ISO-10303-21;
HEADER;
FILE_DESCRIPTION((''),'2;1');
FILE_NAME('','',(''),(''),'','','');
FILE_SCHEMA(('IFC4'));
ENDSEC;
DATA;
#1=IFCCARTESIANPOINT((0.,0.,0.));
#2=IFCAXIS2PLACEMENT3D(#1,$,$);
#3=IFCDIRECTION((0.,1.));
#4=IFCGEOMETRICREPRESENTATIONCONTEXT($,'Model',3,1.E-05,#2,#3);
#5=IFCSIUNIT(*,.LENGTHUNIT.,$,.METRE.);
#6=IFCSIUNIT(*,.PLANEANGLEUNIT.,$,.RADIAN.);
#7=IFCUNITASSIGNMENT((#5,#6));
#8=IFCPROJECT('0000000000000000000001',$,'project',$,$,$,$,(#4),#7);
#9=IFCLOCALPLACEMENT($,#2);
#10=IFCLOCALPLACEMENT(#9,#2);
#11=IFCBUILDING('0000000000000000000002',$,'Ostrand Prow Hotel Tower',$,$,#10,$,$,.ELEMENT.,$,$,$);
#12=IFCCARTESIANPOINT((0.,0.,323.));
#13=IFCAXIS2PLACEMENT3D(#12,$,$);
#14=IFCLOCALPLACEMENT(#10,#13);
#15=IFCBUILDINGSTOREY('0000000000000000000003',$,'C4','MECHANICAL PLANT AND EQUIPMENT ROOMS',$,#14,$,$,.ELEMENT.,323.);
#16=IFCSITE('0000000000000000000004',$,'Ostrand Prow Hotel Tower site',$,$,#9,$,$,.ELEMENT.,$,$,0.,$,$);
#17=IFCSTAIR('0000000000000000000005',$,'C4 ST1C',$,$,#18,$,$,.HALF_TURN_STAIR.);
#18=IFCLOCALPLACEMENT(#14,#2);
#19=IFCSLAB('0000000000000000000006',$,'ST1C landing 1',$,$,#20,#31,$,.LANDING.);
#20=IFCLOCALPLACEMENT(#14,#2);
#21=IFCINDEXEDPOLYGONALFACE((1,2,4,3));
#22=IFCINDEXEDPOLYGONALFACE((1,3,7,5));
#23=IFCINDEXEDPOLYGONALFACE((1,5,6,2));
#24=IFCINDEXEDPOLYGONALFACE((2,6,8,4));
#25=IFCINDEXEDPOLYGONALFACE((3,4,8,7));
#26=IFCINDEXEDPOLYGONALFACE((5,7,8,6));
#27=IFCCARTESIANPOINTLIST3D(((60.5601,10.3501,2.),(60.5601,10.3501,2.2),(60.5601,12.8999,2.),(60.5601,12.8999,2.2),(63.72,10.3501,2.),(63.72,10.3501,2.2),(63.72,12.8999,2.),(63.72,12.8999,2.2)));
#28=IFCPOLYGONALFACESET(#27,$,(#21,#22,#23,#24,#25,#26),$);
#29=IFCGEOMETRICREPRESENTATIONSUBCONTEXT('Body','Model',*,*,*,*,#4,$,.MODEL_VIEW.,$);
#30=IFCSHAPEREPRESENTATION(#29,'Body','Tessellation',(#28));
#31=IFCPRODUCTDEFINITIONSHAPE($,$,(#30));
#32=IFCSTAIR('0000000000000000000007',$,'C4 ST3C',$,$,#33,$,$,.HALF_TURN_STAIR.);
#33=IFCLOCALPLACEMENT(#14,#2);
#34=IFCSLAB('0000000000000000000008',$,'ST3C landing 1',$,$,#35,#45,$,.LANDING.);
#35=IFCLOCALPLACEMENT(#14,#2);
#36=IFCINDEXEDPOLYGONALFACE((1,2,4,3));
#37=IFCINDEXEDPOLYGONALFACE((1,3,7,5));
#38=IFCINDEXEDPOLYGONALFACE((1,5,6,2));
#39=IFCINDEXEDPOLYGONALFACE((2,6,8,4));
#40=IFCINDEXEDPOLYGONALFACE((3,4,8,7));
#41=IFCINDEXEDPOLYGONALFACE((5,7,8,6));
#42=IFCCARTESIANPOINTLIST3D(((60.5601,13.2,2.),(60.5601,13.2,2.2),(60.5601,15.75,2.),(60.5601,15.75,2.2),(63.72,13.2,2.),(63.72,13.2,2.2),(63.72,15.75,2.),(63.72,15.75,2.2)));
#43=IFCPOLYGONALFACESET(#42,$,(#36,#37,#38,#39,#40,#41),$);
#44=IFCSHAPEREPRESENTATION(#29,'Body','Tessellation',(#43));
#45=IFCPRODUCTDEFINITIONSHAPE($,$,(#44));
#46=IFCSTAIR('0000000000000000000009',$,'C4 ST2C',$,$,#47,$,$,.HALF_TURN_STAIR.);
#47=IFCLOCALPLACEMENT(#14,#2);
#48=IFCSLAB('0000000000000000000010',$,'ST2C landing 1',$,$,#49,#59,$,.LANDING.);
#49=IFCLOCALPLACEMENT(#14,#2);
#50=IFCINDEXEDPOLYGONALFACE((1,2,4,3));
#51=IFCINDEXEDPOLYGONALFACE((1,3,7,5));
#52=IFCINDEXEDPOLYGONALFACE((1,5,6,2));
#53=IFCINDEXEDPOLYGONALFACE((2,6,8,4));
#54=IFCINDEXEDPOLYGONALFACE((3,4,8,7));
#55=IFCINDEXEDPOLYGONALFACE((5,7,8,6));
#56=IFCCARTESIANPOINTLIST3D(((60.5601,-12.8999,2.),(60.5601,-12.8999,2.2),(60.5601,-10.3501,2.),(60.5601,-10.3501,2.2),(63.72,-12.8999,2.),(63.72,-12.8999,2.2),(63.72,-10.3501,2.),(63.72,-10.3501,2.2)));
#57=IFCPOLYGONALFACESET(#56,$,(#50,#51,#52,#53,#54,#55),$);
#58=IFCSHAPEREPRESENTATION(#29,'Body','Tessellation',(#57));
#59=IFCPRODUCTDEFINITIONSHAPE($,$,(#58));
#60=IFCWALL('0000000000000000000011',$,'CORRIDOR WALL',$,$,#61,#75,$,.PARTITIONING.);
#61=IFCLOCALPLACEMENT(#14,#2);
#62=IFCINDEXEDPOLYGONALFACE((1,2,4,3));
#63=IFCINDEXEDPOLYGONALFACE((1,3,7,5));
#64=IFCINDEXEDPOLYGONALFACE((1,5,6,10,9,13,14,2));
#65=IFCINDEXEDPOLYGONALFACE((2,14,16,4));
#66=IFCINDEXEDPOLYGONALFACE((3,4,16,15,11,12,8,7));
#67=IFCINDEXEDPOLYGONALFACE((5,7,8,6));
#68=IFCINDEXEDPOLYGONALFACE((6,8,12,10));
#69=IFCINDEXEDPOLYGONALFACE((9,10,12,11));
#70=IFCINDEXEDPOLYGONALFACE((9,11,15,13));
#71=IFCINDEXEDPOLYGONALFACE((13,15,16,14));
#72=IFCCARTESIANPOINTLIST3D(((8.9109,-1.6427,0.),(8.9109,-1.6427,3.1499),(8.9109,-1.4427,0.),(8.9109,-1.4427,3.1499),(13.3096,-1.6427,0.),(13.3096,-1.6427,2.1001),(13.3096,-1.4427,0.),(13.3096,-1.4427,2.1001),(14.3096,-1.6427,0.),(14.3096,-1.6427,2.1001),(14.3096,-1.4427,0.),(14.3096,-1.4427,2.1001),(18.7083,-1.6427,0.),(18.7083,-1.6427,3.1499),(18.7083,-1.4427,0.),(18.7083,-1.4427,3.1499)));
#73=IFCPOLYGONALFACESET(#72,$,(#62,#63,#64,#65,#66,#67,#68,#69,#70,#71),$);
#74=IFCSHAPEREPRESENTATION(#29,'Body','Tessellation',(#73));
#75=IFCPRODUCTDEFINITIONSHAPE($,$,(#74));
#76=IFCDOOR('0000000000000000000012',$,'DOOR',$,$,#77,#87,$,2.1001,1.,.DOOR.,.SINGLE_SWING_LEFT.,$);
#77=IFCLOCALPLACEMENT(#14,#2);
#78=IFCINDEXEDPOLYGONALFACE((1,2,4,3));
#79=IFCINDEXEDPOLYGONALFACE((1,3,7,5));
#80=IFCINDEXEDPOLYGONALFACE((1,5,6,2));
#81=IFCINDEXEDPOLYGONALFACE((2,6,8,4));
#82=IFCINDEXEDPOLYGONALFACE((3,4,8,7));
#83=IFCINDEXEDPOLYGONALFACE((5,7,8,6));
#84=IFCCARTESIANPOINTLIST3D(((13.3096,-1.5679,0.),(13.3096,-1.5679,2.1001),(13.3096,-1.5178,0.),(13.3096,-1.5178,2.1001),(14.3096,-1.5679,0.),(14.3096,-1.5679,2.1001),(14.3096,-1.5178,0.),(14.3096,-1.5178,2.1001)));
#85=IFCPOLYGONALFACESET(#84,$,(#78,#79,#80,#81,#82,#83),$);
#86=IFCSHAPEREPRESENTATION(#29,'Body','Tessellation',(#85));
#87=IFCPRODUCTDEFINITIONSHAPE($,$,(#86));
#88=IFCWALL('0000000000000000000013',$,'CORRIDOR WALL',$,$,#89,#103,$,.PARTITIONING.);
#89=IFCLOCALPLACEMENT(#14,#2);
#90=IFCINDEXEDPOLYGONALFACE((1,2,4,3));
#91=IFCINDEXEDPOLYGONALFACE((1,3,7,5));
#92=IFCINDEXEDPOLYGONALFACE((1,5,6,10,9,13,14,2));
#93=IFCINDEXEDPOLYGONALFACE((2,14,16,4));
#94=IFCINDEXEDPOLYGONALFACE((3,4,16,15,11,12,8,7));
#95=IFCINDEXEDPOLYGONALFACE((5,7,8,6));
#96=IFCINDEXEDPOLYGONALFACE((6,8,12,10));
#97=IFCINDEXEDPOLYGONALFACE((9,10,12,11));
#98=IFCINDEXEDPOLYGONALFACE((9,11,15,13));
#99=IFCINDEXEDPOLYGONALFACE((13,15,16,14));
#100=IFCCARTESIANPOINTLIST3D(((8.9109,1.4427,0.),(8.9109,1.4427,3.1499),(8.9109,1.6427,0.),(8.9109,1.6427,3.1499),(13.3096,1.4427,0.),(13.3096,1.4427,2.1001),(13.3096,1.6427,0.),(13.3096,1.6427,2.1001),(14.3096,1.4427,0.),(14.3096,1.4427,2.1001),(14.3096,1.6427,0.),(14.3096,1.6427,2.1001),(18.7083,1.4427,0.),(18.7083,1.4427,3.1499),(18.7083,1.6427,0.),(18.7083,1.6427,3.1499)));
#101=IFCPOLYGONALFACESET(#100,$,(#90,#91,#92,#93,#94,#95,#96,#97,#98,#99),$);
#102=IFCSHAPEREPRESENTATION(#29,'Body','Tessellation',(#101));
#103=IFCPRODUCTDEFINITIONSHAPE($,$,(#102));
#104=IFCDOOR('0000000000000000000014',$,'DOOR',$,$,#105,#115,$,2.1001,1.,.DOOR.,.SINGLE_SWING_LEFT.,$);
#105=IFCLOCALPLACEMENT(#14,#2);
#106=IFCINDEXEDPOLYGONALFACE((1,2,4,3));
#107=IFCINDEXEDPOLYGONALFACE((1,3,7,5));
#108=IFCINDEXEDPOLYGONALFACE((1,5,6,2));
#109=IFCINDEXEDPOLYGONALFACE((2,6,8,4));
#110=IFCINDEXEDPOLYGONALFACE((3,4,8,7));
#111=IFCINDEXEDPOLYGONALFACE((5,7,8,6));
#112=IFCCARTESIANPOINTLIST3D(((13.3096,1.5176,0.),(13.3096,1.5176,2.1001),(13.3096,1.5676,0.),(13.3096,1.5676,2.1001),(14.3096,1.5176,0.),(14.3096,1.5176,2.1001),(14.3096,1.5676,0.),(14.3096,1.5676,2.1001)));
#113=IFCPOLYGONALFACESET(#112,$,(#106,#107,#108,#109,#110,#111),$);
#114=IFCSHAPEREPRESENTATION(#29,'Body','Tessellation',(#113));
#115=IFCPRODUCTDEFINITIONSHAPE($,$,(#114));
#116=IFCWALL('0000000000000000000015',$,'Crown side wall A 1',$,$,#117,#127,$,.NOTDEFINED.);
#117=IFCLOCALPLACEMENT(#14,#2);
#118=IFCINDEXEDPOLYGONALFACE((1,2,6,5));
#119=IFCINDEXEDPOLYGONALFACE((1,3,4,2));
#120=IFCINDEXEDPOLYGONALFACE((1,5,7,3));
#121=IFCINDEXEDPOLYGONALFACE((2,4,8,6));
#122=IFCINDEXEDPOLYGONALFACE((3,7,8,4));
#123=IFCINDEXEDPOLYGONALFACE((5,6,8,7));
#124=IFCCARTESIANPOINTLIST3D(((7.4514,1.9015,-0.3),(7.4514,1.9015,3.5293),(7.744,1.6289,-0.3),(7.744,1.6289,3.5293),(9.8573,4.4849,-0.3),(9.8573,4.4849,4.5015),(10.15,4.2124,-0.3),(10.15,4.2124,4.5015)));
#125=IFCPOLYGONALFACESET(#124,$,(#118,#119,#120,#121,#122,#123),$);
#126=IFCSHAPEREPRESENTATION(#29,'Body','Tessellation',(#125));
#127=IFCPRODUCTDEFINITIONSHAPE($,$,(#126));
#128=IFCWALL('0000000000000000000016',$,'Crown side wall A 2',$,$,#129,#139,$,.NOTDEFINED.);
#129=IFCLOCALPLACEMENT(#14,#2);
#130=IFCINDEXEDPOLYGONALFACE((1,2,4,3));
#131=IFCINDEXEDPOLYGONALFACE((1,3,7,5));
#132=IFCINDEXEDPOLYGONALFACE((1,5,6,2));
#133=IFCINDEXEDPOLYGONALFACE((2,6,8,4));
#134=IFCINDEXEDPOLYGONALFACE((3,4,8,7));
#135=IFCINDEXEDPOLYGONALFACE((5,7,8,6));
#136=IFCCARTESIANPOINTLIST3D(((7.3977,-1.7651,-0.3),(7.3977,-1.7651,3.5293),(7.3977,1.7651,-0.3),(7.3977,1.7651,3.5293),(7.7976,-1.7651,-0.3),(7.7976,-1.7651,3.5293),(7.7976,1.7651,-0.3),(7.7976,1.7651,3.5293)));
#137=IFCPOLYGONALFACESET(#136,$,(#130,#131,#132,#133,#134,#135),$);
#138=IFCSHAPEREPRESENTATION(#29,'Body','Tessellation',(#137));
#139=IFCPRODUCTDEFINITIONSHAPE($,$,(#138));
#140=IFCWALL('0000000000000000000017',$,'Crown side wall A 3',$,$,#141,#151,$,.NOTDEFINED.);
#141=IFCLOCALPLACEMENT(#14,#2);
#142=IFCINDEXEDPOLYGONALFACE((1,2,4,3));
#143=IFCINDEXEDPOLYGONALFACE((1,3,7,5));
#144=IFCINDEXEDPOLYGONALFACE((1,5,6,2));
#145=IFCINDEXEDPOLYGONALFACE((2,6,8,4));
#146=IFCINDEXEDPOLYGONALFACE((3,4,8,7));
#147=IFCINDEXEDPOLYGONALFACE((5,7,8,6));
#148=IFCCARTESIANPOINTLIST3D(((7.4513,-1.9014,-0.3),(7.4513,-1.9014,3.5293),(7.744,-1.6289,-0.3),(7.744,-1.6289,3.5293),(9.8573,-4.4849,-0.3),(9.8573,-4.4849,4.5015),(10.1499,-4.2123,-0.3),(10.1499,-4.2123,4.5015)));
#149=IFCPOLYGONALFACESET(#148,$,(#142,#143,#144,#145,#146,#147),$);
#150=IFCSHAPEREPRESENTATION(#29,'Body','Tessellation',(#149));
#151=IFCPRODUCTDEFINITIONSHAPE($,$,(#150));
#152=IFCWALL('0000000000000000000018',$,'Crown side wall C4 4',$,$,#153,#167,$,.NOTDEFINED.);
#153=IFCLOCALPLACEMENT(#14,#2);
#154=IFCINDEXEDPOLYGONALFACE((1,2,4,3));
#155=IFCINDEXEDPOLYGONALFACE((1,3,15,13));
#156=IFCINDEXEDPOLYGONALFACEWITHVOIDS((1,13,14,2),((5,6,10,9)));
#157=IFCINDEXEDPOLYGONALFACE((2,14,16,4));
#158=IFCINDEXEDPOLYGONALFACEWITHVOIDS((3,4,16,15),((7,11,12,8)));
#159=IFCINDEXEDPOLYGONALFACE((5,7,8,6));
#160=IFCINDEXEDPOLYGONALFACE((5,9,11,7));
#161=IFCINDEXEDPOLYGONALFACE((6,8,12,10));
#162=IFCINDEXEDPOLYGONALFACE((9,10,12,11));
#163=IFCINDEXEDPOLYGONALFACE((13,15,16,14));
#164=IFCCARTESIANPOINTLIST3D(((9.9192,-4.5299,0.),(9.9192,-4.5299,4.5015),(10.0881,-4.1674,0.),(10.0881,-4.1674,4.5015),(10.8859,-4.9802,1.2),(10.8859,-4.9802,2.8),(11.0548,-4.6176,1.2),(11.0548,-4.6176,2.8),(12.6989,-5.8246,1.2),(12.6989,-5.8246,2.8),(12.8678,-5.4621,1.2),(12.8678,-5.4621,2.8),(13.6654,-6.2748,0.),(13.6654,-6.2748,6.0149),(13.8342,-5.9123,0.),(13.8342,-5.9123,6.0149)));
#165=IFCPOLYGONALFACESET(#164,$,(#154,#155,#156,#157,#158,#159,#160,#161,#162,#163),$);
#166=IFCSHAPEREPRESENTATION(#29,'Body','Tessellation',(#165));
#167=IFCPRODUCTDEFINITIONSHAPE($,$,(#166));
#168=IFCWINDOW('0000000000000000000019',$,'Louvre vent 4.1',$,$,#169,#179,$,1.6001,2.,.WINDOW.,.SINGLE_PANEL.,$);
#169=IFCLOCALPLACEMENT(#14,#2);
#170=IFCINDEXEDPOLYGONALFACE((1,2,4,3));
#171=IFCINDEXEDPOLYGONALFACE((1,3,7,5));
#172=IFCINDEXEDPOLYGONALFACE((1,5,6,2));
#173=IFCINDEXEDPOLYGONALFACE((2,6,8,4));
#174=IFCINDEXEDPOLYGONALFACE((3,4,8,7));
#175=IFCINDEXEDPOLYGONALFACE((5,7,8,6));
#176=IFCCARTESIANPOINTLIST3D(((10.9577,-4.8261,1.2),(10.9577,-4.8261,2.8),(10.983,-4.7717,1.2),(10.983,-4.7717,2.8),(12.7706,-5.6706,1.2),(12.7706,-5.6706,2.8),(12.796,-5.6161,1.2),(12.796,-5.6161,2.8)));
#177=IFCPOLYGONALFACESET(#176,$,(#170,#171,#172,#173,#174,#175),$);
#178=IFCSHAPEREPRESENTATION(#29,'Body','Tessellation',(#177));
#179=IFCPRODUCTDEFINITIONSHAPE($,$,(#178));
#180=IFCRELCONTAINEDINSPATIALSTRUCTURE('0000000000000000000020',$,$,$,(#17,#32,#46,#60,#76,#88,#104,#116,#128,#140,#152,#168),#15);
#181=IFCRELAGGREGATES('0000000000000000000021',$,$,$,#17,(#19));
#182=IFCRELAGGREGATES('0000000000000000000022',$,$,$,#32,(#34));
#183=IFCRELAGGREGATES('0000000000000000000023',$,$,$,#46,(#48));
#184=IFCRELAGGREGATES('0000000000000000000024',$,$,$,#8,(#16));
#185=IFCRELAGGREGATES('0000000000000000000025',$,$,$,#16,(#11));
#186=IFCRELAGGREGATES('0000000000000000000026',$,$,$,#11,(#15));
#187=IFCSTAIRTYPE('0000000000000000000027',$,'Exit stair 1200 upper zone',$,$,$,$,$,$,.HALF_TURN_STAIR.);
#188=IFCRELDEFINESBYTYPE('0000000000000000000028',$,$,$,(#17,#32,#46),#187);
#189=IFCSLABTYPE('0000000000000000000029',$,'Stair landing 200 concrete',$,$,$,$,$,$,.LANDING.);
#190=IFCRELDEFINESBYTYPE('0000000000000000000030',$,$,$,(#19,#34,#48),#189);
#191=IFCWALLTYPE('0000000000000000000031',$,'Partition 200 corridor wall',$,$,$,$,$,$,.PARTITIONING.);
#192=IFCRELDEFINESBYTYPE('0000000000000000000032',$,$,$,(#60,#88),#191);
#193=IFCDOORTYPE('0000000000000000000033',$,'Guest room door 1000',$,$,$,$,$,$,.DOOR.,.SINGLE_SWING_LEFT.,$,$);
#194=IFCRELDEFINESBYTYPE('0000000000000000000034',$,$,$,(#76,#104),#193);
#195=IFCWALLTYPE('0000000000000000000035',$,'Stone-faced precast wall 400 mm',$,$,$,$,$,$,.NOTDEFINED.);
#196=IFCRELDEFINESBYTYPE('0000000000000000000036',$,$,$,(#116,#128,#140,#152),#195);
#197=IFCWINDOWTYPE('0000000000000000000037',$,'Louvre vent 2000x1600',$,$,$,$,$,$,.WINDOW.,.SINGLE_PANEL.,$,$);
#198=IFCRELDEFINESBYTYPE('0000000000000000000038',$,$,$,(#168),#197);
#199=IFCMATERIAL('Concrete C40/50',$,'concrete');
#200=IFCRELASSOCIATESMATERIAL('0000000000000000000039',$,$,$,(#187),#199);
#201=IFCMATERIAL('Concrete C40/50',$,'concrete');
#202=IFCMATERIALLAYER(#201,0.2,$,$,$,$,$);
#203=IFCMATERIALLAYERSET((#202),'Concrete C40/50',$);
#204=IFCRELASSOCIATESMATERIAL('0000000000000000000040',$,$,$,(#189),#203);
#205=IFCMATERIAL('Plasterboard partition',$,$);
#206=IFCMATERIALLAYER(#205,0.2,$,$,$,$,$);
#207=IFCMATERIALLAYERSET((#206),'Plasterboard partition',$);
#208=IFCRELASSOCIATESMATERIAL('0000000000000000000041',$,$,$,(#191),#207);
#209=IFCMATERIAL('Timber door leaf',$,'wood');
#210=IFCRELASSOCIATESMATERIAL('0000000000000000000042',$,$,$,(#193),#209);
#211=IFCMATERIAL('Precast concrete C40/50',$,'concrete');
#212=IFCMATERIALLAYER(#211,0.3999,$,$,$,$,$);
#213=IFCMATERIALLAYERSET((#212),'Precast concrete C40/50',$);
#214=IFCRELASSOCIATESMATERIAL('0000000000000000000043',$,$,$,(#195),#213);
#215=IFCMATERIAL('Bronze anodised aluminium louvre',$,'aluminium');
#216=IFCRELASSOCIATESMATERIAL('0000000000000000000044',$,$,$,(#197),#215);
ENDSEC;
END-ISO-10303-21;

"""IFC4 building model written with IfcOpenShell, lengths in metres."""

from ifc_helpers import new_model, si_unit, direction, frame, frame_2d, origin, place, context, subcontext, project, spatial, polyline, rectangle, outline, extrude, material, layer, layer_set, type_object, element, fill, aggregate, save


model = new_model("IFC4")

# Units and contexts
model_context = context("Model", 3, precision=1e-05, world=origin(), true_north=direction((0.0, 1.0)))
body_context = subcontext(model_context, "Body", "Model", "MODEL_VIEW")
ifc_project = project(units=[si_unit("LENGTHUNIT", "METRE"), si_unit("PLANEANGLEUNIT", "RADIAN")], contexts=[model_context])

# Site, building, storey
site_placement = place(None, origin())
site = spatial("IfcSite", under=ifc_project, at=site_placement, Name="Ostrand Prow Hotel Tower site", CompositionType="ELEMENT", RefElevation=0.0)
building_placement = place(site_placement, origin())
building = spatial("IfcBuilding", under=site, at=building_placement, Name="Ostrand Prow Hotel Tower", CompositionType="ELEMENT")
storey_placement = place(building_placement, frame((0.0, 0.0, 323.0)))
storey = spatial("IfcBuildingStorey", under=building, at=storey_placement, Name="C4", Description="MECHANICAL PLANT AND EQUIPMENT ROOMS", CompositionType="ELEMENT", Elevation=323.0)

# Stairs, slabs
ifc_material_1 = material(Name="Concrete C40/50", Category="concrete")
stair_type = type_object("IfcStairType", Name="Exit stair 1200 upper zone", PredefinedType="HALF_TURN_STAIR", material=ifc_material_1)
stair_1_placement = place(storey_placement, origin())
stair_1 = element("IfcStair", 1, at=stair_1_placement, inside=storey, type_object=stair_type, Name="C4 ST1C", PredefinedType="HALF_TURN_STAIR")
ifc_material_2 = material(Name="Concrete C40/50", Category="concrete")
ifc_layer_1 = layer(ifc_material_2, 0.2)
ifc_layer_set_1 = layer_set([ifc_layer_1], Name="Concrete C40/50")
slab_type_1 = type_object("IfcSlabType", Name="Stair landing 200 concrete", PredefinedType="LANDING", material=ifc_layer_set_1)
slab_1_placement = place(storey_placement, frame((0.0, 0.0, 2.0)))
slab_1 = element("IfcSlab", 2, at=slab_1_placement, type_object=slab_type_1, Name="ST1C landing 1", PredefinedType="LANDING", context=body_context, shape_type="SweptSolid", body=[
    extrude(outline(polyline([(60.5601, 10.3501), (63.72, 10.3501), (63.72, 12.8999), (60.5601, 12.8999), (60.5601, 10.3501)])), origin(), (0.0, 0.0, 1.0), 0.2),
])
aggregate(stair_1, [slab_1])
stair_2_placement = place(storey_placement, origin())
stair_2 = element("IfcStair", 3, at=stair_2_placement, inside=storey, type_object=stair_type, Name="C4 ST3C", PredefinedType="HALF_TURN_STAIR")
slab_2_placement = place(storey_placement, frame((0.0, 0.0, 2.0)))
slab_2 = element("IfcSlab", 4, at=slab_2_placement, type_object=slab_type_1, Name="ST3C landing 1", PredefinedType="LANDING", context=body_context, shape_type="SweptSolid", body=[
    extrude(outline(polyline([(60.5601, 13.2), (63.72, 13.2), (63.72, 15.75), (60.5601, 15.75), (60.5601, 13.2)])), origin(), (0.0, 0.0, 1.0), 0.2),
])
aggregate(stair_2, [slab_2])
stair_3_placement = place(storey_placement, origin())
stair_3 = element("IfcStair", 5, at=stair_3_placement, inside=storey, type_object=stair_type, Name="C4 ST2C", PredefinedType="HALF_TURN_STAIR")
slab_3_placement = place(storey_placement, frame((0.0, 0.0, 2.0)))
slab_3 = element("IfcSlab", 6, at=slab_3_placement, type_object=slab_type_1, Name="ST2C landing 1", PredefinedType="LANDING", context=body_context, shape_type="SweptSolid", body=[
    extrude(outline(polyline([(60.5601, -12.8999), (63.72, -12.8999), (63.72, -10.3501), (60.5601, -10.3501), (60.5601, -12.8999)])), origin(), (0.0, 0.0, 1.0), 0.2),
])
aggregate(stair_3, [slab_3])

# Walls, openings, doors
ifc_material_3 = material(Name="Plasterboard partition")
ifc_layer_2 = layer(ifc_material_3, 0.2)
ifc_layer_set_2 = layer_set([ifc_layer_2], Name="Plasterboard partition")
wall_type_1 = type_object("IfcWallType", Name="Partition 200 corridor wall", PredefinedType="PARTITIONING", material=ifc_layer_set_2)
wall_1_placement = place(storey_placement, frame((8.9109, -1.5427, 0.0), z_axis=(0.0, 0.0, 1.0), x_axis=(1.0, 0.0, 0.0)))
wall_1 = element("IfcWall", 7, at=wall_1_placement, inside=storey, type_object=wall_type_1, Name="CORRIDOR WALL", PredefinedType="PARTITIONING", context=body_context, shape_type="SweptSolid", body=[
    extrude(rectangle(XDim=9.7974, YDim=0.2, at=frame_2d((4.8987, 0.0))), origin(), (0.0, 0.0, 1.0), 3.1499),
])
opening_1_placement = place(wall_1_placement, frame((4.3987, 0.0, 0.0)))
opening_1 = element("IfcOpeningElement", 8, at=opening_1_placement, cuts=wall_1, PredefinedType="OPENING", context=body_context, shape_type="SweptSolid", body=[
    extrude(rectangle(XDim=1.0, YDim=2.1001, at=frame_2d((0.5, 1.05))), frame((0.0, 0.1099, 0.0), z_axis=(0.0, -1.0, 0.0), x_axis=(1.0, 0.0, 0.0)), (0.0, 0.0, 1.0), 0.22),
])
ifc_material_4 = material(Name="Timber door leaf", Category="wood")
door_type = type_object("IfcDoorType", Name="Guest room door 1000", OperationType="SINGLE_SWING_LEFT", PredefinedType="DOOR", material=ifc_material_4)
door_1_placement = place(opening_1_placement, origin())
door_1 = element("IfcDoor", 9, at=door_1_placement, inside=storey, type_object=door_type, Name="DOOR", OperationType="SINGLE_SWING_LEFT", OverallHeight=2.1001, OverallWidth=1.0, PredefinedType="DOOR", context=body_context, shape_type="SweptSolid", body=[
    extrude(rectangle(XDim=1.0, YDim=2.1001, at=frame_2d((0.5, 1.05))), frame((0.0, 0.0249, 0.0), z_axis=(0.0, -1.0, 0.0), x_axis=(1.0, 0.0, 0.0)), (0.0, 0.0, 1.0), 0.05),
])
fill(opening_1, door_1)
wall_2_placement = place(storey_placement, frame((8.9109, 1.5427, 0.0), z_axis=(0.0, 0.0, 1.0), x_axis=(1.0, 0.0, 0.0)))
wall_2 = element("IfcWall", 10, at=wall_2_placement, inside=storey, type_object=wall_type_1, Name="CORRIDOR WALL", PredefinedType="PARTITIONING", context=body_context, shape_type="SweptSolid", body=[
    extrude(rectangle(XDim=9.7974, YDim=0.2, at=frame_2d((4.8987, 0.0))), origin(), (0.0, 0.0, 1.0), 3.1499),
])
opening_2_placement = place(wall_2_placement, frame((4.3987, 0.0, 0.0)))
opening_2 = element("IfcOpeningElement", 11, at=opening_2_placement, cuts=wall_2, PredefinedType="OPENING", context=body_context, shape_type="SweptSolid", body=[
    extrude(rectangle(XDim=1.0, YDim=2.1001, at=frame_2d((0.5, 1.05))), frame((0.0, 0.1099, 0.0), z_axis=(0.0, -1.0, 0.0), x_axis=(1.0, 0.0, 0.0)), (0.0, 0.0, 1.0), 0.22),
])
door_2_placement = place(opening_2_placement, origin())
door_2 = element("IfcDoor", 12, at=door_2_placement, inside=storey, type_object=door_type, Name="DOOR", OperationType="SINGLE_SWING_LEFT", OverallHeight=2.1001, OverallWidth=1.0, PredefinedType="DOOR", context=body_context, shape_type="SweptSolid", body=[
    extrude(rectangle(XDim=1.0, YDim=2.1001, at=frame_2d((0.5, 1.05))), frame((0.0, 0.0249, 0.0), z_axis=(0.0, -1.0, 0.0), x_axis=(1.0, 0.0, 0.0)), (0.0, 0.0, 1.0), 0.05),
])
fill(opening_2, door_2)

# Walls
ifc_material_5 = material(Name="Precast concrete C40/50", Category="concrete")
ifc_layer_3 = layer(ifc_material_5, 0.3999)
ifc_layer_set_3 = layer_set([ifc_layer_3], Name="Precast concrete C40/50")
wall_type_2 = type_object("IfcWallType", Name="Stone-faced precast wall 400 mm", PredefinedType="NOTDEFINED", material=ifc_layer_set_3)
wall_3_placement = place(storey_placement, frame((10.0037, 4.3486, -0.3), z_axis=(0.0, 0.0, 1.0), x_axis=(-0.681522, -0.731798, 0.0)))
element("IfcWall", 13, at=wall_3_placement, inside=storey, type_object=wall_type_2, Name="Crown side wall A 1", PredefinedType="NOTDEFINED", context=body_context, shape_type="SweptSolid", body=[
    extrude(outline(polyline([(0.0, 0.0), (3.5303, 0.0), (3.5303, 3.8293), (0.0, 4.8015), (0.0, 0.0)])), frame((0.0, 0.2, 0.0), z_axis=(0.0, -1.0, 0.0), x_axis=(1.0, 0.0, 0.0)), (0.0, 0.0, 1.0), 0.3999),
])
wall_4_placement = place(storey_placement, frame((7.5977, 1.7651, -0.3), z_axis=(0.0, 0.0, 1.0), x_axis=(0.0, -1.0, 0.0)))
element("IfcWall", 14, at=wall_4_placement, inside=storey, type_object=wall_type_2, Name="Crown side wall A 2", PredefinedType="NOTDEFINED", context=body_context, shape_type="SweptSolid", body=[
    extrude(outline(polyline([(0.0, 0.0), (3.5303, 0.0), (3.5303, 3.8293), (0.0, 3.8293), (0.0, 0.0)])), frame((0.0, 0.2, 0.0), z_axis=(0.0, -1.0, 0.0), x_axis=(1.0, 0.0, 0.0)), (0.0, 0.0, 1.0), 0.3999),
])
wall_5_placement = place(storey_placement, frame((7.5977, -1.7651, -0.3), z_axis=(0.0, 0.0, 1.0), x_axis=(0.681522, -0.731798, 0.0)))
element("IfcWall", 15, at=wall_5_placement, inside=storey, type_object=wall_type_2, Name="Crown side wall A 3", PredefinedType="NOTDEFINED", context=body_context, shape_type="SweptSolid", body=[
    extrude(outline(polyline([(0.0, 0.0), (3.5303, 0.0), (3.5303, 4.8015), (0.0, 3.8293), (0.0, 0.0)])), frame((0.0, 0.2, 0.0), z_axis=(0.0, -1.0, 0.0), x_axis=(1.0, 0.0, 0.0)), (0.0, 0.0, 1.0), 0.3999),
])

# Wall, opening, window
wall_6_placement = place(storey_placement, frame((10.0037, -4.3486, 0.0), z_axis=(0.0, 0.0, 1.0), x_axis=(0.906489, -0.422229, 0.0)))
wall_6 = element("IfcWall", 16, at=wall_6_placement, inside=storey, type_object=wall_type_2, Name="Crown side wall C4 4", PredefinedType="NOTDEFINED", context=body_context, shape_type="SweptSolid", body=[
    extrude(outline(polyline([(0.0, 0.0), (4.1326, 0.0), (4.1326, 6.0149), (0.0, 4.5015), (0.0, 0.0)])), frame((0.0, 0.2, 0.0), z_axis=(0.0, -1.0, 0.0), x_axis=(1.0, 0.0, 0.0)), (0.0, 0.0, 1.0), 0.3999),
])
opening_3_placement = place(wall_6_placement, frame((1.0664, 0.0, 1.2)))
opening_3 = element("IfcOpeningElement", 17, at=opening_3_placement, cuts=wall_6, PredefinedType="OPENING", context=body_context, shape_type="SweptSolid", body=[
    extrude(rectangle(XDim=2.0, YDim=1.6001, at=frame_2d((1.0, 0.8))), frame((0.0, 0.21, 0.0), z_axis=(0.0, -1.0, 0.0), x_axis=(1.0, 0.0, 0.0)), (0.0, 0.0, 1.0), 0.4199),
])
ifc_material_6 = material(Name="Bronze anodised aluminium louvre", Category="aluminium")
window_type = type_object("IfcWindowType", Name="Louvre vent 2000x1600", PartitioningType="SINGLE_PANEL", PredefinedType="WINDOW", material=ifc_material_6)
window_1_placement = place(opening_3_placement, origin())
window_1 = element("IfcWindow", 18, at=window_1_placement, inside=storey, type_object=window_type, Name="Louvre vent 4.1", OverallHeight=1.6001, OverallWidth=2.0, PartitioningType="SINGLE_PANEL", PredefinedType="WINDOW", context=body_context, shape_type="SweptSolid", body=[
    extrude(rectangle(XDim=2.0, YDim=1.6001, at=frame_2d((1.0, 0.8))), frame((0.0, 0.03, 0.0), z_axis=(0.0, -1.0, 0.0), x_axis=(1.0, 0.0, 0.0)), (0.0, 0.0, 1.0), 0.0601),
])
fill(opening_3, window_1)

save(model, "model.ifc")
